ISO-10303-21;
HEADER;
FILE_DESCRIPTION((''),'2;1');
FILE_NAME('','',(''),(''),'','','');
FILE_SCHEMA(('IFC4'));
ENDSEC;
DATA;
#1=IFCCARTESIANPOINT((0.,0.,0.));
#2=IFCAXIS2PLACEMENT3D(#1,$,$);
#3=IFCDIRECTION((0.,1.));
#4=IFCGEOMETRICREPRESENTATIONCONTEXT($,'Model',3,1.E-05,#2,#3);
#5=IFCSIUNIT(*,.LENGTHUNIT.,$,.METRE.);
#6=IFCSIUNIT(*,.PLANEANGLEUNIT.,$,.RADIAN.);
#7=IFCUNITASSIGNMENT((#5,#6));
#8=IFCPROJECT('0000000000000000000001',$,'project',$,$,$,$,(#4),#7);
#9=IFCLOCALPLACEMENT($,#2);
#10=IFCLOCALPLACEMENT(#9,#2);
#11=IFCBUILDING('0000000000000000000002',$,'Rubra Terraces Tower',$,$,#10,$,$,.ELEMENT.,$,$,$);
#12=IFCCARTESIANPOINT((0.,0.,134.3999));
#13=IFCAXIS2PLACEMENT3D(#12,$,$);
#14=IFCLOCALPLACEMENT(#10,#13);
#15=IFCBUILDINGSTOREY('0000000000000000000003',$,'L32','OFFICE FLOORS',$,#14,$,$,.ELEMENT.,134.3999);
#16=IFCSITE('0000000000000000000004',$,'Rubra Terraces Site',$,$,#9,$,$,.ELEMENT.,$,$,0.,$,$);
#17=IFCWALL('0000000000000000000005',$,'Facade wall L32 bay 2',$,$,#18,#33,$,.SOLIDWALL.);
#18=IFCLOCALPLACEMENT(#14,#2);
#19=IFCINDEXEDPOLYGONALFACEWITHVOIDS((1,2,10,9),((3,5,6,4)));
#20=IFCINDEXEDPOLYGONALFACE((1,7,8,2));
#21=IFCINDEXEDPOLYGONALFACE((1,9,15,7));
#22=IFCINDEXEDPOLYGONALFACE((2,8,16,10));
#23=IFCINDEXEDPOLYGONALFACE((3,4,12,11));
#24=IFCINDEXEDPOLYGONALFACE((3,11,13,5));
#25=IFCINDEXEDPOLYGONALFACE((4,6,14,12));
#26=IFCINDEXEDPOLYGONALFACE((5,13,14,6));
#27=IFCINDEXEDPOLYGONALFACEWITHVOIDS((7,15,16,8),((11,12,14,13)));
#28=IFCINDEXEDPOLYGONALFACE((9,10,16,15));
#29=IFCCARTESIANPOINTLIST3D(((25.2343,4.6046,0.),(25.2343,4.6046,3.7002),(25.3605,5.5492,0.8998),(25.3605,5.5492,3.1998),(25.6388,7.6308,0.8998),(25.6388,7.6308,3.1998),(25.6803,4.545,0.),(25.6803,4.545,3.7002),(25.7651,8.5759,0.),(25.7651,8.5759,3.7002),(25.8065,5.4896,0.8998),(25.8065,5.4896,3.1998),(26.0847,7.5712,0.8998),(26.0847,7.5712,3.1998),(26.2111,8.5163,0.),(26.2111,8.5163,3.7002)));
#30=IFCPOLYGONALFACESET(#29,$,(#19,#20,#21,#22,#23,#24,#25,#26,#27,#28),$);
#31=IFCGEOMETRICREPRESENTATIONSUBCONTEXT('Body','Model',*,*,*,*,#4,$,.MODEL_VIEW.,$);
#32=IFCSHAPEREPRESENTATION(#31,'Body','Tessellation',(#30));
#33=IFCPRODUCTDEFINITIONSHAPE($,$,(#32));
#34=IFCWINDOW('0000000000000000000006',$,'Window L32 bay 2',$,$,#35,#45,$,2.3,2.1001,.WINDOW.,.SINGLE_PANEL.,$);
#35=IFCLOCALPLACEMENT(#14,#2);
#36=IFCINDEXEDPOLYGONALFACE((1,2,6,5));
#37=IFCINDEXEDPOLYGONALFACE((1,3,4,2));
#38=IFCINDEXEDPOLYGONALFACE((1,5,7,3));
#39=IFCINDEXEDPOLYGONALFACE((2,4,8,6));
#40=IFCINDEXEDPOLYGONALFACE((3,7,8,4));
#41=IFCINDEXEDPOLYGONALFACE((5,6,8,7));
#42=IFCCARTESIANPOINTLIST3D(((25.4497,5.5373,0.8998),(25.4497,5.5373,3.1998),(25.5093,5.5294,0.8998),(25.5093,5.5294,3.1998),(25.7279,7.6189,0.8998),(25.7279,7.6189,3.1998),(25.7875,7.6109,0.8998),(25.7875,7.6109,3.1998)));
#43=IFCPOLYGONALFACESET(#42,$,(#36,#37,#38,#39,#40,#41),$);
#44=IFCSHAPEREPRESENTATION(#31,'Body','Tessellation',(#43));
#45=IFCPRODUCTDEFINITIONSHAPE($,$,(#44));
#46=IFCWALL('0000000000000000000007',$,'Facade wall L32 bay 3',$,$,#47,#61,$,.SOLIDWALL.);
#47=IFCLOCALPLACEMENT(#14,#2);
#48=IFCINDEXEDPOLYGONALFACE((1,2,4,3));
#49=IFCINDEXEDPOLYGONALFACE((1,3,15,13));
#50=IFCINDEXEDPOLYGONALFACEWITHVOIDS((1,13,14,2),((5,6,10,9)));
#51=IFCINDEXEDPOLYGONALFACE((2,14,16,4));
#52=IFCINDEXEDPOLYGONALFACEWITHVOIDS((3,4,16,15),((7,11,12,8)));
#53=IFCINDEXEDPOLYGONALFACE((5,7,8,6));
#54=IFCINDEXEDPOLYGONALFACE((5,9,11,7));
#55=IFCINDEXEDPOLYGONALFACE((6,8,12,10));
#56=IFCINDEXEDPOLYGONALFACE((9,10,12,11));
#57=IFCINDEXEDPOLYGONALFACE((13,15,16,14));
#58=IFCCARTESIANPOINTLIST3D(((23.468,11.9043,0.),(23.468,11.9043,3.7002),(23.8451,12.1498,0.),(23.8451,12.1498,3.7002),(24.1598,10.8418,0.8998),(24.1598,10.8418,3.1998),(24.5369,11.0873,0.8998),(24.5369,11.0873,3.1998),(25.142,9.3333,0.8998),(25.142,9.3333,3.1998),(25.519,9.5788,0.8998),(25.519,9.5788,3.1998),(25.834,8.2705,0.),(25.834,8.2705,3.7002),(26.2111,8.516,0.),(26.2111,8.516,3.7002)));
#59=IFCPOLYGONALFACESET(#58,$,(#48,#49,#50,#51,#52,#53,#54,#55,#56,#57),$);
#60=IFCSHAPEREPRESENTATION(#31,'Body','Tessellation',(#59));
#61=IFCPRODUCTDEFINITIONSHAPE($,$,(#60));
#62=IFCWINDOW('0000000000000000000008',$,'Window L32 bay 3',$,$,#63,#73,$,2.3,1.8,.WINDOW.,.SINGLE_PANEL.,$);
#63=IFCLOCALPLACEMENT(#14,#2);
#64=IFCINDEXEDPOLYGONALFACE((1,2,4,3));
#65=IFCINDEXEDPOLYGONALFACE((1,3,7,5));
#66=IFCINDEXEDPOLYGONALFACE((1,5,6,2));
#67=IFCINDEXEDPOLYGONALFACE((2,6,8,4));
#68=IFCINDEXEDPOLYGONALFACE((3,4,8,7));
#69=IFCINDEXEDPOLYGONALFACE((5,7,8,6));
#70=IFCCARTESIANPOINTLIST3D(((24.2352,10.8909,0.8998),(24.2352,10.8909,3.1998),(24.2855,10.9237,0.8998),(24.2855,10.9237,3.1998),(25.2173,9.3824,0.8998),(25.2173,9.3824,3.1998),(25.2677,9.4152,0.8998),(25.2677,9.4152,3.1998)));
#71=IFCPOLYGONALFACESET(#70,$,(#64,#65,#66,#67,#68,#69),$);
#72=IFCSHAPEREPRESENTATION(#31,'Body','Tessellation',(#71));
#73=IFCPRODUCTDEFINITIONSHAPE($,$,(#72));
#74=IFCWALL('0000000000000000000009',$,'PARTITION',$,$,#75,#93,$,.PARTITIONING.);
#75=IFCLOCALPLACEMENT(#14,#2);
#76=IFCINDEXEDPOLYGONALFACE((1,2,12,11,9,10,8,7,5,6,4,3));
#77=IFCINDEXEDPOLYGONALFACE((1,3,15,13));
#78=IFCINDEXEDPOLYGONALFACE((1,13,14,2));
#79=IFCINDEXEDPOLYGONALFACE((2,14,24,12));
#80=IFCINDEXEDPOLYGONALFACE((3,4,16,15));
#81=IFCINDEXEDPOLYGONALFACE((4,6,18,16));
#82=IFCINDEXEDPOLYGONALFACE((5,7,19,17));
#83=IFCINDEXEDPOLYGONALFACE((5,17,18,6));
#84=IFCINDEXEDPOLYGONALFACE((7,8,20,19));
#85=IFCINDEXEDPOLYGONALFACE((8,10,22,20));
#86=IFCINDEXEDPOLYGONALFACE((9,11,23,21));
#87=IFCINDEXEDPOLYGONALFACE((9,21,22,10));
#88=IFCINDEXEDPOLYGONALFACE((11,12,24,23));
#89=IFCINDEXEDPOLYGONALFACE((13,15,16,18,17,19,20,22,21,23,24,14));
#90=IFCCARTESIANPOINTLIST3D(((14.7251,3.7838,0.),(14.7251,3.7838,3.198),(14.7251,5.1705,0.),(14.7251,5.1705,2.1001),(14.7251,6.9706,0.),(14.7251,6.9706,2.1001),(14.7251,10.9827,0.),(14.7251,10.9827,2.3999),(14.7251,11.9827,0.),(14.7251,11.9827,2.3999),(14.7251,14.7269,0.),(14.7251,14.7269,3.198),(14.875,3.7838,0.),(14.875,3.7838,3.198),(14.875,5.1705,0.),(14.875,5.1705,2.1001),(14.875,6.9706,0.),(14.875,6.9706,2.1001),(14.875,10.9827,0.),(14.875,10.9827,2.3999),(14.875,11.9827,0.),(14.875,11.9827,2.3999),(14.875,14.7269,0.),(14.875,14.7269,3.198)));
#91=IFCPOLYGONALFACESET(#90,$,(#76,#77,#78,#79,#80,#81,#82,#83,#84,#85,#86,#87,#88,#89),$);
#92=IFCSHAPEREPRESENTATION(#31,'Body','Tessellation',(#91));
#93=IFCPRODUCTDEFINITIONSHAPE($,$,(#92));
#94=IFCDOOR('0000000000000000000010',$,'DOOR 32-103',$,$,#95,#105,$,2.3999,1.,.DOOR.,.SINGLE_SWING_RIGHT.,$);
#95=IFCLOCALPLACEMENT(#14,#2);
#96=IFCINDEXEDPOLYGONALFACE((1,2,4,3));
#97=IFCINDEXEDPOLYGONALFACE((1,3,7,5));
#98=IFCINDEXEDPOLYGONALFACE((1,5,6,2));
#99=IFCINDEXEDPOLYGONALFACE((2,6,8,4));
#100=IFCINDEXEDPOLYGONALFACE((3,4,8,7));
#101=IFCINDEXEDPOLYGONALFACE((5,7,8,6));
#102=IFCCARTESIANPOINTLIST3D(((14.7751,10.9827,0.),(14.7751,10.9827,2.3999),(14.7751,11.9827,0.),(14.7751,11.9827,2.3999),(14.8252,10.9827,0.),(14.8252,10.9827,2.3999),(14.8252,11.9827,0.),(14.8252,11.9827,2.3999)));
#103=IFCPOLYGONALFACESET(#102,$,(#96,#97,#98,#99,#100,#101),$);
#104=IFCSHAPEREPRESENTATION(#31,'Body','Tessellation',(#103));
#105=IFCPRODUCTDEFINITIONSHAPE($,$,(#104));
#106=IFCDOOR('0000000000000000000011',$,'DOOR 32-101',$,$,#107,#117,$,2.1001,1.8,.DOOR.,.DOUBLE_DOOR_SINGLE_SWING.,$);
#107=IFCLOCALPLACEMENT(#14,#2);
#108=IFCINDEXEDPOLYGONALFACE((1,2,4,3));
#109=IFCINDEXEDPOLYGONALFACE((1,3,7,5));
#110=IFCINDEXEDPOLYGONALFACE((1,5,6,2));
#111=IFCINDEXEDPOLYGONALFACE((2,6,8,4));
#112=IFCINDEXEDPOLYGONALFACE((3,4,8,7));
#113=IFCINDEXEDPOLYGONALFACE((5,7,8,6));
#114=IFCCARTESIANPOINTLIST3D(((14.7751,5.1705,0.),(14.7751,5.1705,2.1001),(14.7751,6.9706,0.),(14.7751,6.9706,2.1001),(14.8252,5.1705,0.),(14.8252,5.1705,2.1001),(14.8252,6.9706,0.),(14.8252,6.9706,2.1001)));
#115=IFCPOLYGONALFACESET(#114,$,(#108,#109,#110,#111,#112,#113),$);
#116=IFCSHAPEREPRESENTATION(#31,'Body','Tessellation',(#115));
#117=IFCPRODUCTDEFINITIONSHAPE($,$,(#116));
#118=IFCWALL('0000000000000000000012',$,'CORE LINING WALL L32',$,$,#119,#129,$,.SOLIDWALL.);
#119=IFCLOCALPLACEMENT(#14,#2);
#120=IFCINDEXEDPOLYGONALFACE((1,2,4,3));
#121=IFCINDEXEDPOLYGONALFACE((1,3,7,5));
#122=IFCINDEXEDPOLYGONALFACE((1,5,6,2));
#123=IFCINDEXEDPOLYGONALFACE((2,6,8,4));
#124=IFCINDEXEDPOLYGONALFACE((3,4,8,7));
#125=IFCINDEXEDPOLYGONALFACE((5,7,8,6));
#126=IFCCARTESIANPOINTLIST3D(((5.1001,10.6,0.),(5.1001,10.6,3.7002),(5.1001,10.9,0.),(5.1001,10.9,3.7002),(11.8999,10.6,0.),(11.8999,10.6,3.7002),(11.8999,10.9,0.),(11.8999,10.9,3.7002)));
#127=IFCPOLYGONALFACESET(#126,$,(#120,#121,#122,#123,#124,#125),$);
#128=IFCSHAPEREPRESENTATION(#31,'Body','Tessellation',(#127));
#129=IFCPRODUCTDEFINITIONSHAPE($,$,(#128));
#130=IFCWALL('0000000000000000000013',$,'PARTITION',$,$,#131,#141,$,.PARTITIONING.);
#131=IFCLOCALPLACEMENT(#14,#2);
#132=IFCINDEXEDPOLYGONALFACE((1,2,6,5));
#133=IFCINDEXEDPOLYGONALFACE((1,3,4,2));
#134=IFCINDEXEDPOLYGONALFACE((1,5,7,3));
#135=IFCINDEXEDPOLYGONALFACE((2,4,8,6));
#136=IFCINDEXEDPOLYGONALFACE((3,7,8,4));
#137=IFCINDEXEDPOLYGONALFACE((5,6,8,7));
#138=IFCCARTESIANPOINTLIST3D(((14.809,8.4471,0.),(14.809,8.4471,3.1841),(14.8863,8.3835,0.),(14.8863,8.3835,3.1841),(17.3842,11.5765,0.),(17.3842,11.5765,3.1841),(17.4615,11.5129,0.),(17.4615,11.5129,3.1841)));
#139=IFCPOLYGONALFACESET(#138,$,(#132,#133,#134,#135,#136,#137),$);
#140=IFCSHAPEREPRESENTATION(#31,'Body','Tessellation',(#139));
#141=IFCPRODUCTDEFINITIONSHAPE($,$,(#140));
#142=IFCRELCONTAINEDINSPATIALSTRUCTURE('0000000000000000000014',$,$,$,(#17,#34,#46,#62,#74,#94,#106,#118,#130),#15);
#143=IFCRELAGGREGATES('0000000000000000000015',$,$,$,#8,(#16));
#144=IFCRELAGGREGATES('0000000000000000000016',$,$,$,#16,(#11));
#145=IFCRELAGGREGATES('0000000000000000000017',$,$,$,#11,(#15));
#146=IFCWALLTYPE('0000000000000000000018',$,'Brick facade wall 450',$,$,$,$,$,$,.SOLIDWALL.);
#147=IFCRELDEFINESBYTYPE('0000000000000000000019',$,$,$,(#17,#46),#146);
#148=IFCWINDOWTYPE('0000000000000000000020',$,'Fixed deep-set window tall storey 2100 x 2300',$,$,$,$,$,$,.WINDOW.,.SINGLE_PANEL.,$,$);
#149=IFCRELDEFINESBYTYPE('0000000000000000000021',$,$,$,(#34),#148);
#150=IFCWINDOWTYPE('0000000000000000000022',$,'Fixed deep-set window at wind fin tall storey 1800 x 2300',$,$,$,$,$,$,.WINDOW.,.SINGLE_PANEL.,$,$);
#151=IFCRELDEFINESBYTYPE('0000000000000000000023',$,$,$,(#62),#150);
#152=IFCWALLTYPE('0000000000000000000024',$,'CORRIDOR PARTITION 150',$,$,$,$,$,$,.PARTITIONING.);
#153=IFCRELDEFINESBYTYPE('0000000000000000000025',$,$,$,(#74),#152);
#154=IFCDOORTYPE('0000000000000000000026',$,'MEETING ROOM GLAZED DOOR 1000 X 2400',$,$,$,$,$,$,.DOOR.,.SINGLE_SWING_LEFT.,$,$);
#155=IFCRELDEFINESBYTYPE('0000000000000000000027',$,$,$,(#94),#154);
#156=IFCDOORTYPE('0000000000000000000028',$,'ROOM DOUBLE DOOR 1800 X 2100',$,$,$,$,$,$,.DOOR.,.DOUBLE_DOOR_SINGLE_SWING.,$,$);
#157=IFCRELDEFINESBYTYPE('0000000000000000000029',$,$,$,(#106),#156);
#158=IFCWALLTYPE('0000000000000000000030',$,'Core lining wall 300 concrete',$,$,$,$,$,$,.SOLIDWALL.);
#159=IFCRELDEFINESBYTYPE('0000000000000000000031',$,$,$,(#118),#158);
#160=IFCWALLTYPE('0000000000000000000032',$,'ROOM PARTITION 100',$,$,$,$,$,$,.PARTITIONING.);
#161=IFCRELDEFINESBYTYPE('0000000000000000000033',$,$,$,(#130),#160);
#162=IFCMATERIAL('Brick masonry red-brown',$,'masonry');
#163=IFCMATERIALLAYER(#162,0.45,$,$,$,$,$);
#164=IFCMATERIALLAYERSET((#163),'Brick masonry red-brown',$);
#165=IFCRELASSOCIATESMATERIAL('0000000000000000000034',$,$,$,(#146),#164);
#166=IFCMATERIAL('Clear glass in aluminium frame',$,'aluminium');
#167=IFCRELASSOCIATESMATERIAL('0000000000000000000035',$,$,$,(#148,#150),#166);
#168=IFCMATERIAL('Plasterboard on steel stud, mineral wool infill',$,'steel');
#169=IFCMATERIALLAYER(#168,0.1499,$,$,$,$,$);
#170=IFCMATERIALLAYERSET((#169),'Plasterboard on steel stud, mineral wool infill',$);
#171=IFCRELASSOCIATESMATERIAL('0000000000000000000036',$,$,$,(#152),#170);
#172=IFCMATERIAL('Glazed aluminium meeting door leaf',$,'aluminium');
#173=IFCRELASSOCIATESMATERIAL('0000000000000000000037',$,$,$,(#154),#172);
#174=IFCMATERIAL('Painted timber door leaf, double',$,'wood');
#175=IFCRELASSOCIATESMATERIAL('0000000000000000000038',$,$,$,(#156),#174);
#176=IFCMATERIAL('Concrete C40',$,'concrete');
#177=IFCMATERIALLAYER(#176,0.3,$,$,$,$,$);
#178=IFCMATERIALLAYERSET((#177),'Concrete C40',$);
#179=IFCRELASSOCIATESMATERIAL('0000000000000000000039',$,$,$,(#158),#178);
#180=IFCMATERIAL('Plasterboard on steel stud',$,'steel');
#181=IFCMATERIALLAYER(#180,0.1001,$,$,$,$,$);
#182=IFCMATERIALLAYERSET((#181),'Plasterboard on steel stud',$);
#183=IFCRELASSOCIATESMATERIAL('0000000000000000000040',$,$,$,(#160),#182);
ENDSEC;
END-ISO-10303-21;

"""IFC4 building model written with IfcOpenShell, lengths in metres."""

from ifc_helpers import new_model, si_unit, direction, frame, frame_2d, origin, place, context, subcontext, project, spatial, rectangle, extrude, material, layer, layer_set, type_object, element, fill, save


model = new_model("IFC4")

# Units and contexts
model_context = context("Model", 3, precision=1e-05, world=origin(), true_north=direction((0.0, 1.0)))
body_context = subcontext(model_context, "Body", "Model", "MODEL_VIEW")
ifc_project = project(units=[si_unit("LENGTHUNIT", "METRE"), si_unit("PLANEANGLEUNIT", "RADIAN")], contexts=[model_context])

# Site, building, storey
site_placement = place(None, origin())
site = spatial("IfcSite", under=ifc_project, at=site_placement, Name="Rubra Terraces Site", CompositionType="ELEMENT", RefElevation=0.0)
building_placement = place(site_placement, origin())
building = spatial("IfcBuilding", under=site, at=building_placement, Name="Rubra Terraces Tower", CompositionType="ELEMENT")
storey_placement = place(building_placement, frame((0.0, 0.0, 134.3999)))
storey = spatial("IfcBuildingStorey", under=building, at=storey_placement, Name="L32", Description="OFFICE FLOORS", CompositionType="ELEMENT", Elevation=134.3999)

# Walls, openings, windows
ifc_material_1 = material(Name="Brick masonry red-brown", Category="masonry")
ifc_layer_1 = layer(ifc_material_1, 0.45)
ifc_layer_set_1 = layer_set([ifc_layer_1], Name="Brick masonry red-brown")
wall_type_1 = type_object("IfcWallType", Name="Brick facade wall 450", PredefinedType="SOLIDWALL", material=ifc_layer_set_1)
wall_1_placement = place(storey_placement, frame((25.4573, 4.5747, 0.0), z_axis=(0.0, 0.0, 1.0), x_axis=(0.132475, 0.991186, 0.0)))
wall_1 = element("IfcWall", 1, at=wall_1_placement, inside=storey, type_object=wall_type_1, Name="Facade wall L32 bay 2", PredefinedType="SOLIDWALL", context=body_context, shape_type="SweptSolid", body=[
    extrude(rectangle(XDim=4.0066, YDim=0.45, at=frame_2d((2.0034, 0.0))), origin(), (0.0, 0.0, 1.0), 3.7002),
])
opening_1_placement = place(wall_1_placement, frame((0.9531, 0.0, 0.8999)))
opening_1 = element("IfcOpeningElement", 2, at=opening_1_placement, cuts=wall_1, PredefinedType="OPENING", context=body_context, shape_type="SweptSolid", body=[
    extrude(rectangle(XDim=2.1001, YDim=2.3, at=frame_2d((1.05, 1.1499))), frame((0.0, 0.2349, 0.0), z_axis=(0.0, -1.0, 0.0), x_axis=(1.0, 0.0, 0.0)), (0.0, 0.0, 1.0), 0.47),
])
ifc_material_2 = material(Name="Clear glass in aluminium frame", Category="aluminium")
window_type_1 = type_object("IfcWindowType", Name="Fixed deep-set window tall storey 2100 x 2300", PartitioningType="SINGLE_PANEL", PredefinedType="WINDOW", material=ifc_material_2)
window_1_placement = place(opening_1_placement, origin())
window_1 = element("IfcWindow", 3, at=window_1_placement, inside=storey, type_object=window_type_1, Name="Window L32 bay 2", OverallHeight=2.3, OverallWidth=2.1001, PartitioningType="SINGLE_PANEL", PredefinedType="WINDOW", context=body_context, shape_type="SweptSolid", body=[
    extrude(rectangle(XDim=2.1001, YDim=2.3, at=frame_2d((1.05, 1.1499))), frame((0.0, 0.135, 0.0), z_axis=(0.0, -1.0, 0.0), x_axis=(1.0, 0.0, 0.0)), (0.0, 0.0, 1.0), 0.0601),
])
fill(opening_1, window_1)
wall_2_placement = place(storey_placement, frame((26.0225, 8.3933, 0.0), z_axis=(0.0, 0.0, 1.0), x_axis=(-0.545637, 0.838021, 0.0)))
wall_2 = element("IfcWall", 4, at=wall_2_placement, inside=storey, type_object=wall_type_1, Name="Facade wall L32 bay 3", PredefinedType="SOLIDWALL", context=body_context, shape_type="SweptSolid", body=[
    extrude(rectangle(XDim=4.3362, YDim=0.45, at=frame_2d((2.168, 0.0))), origin(), (0.0, 0.0, 1.0), 3.7002),
])
opening_2_placement = place(wall_2_placement, frame((1.2683, 0.0, 0.8999)))
opening_2 = element("IfcOpeningElement", 5, at=opening_2_placement, cuts=wall_2, PredefinedType="OPENING", context=body_context, shape_type="SweptSolid", body=[
    extrude(rectangle(XDim=1.8, YDim=2.3, at=frame_2d((0.8999, 1.1499))), frame((0.0, 0.2349, 0.0), z_axis=(0.0, -1.0, 0.0), x_axis=(1.0, 0.0, 0.0)), (0.0, 0.0, 1.0), 0.47),
])
window_type_2 = type_object("IfcWindowType", Name="Fixed deep-set window at wind fin tall storey 1800 x 2300", PartitioningType="SINGLE_PANEL", PredefinedType="WINDOW", material=ifc_material_2)
window_2_placement = place(opening_2_placement, origin())
window_2 = element("IfcWindow", 6, at=window_2_placement, inside=storey, type_object=window_type_2, Name="Window L32 bay 3", OverallHeight=2.3, OverallWidth=1.8, PartitioningType="SINGLE_PANEL", PredefinedType="WINDOW", context=body_context, shape_type="SweptSolid", body=[
    extrude(rectangle(XDim=1.8, YDim=2.3, at=frame_2d((0.8999, 1.1499))), frame((0.0, 0.135, 0.0), z_axis=(0.0, -1.0, 0.0), x_axis=(1.0, 0.0, 0.0)), (0.0, 0.0, 1.0), 0.0601),
])
fill(opening_2, window_2)

# Wall, openings, doors
ifc_material_3 = material(Name="Plasterboard on steel stud, mineral wool infill", Category="steel")
ifc_layer_2 = layer(ifc_material_3, 0.1499)
ifc_layer_set_2 = layer_set([ifc_layer_2], Name="Plasterboard on steel stud, mineral wool infill")
wall_type_2 = type_object("IfcWallType", Name="CORRIDOR PARTITION 150", PredefinedType="PARTITIONING", material=ifc_layer_set_2)
wall_3_placement = place(storey_placement, frame((14.8, 3.7837, 0.0), z_axis=(0.0, 0.0, 1.0), x_axis=(0.0, 1.0, 0.0)))
wall_3 = element("IfcWall", 7, at=wall_3_placement, inside=storey, type_object=wall_type_2, Name="PARTITION", PredefinedType="PARTITIONING", context=body_context, shape_type="SweptSolid", body=[
    extrude(rectangle(XDim=10.9431, YDim=0.1499, at=frame_2d((5.4717, 0.0))), origin(), (0.0, 0.0, 1.0), 3.198),
])
opening_3_placement = place(wall_3_placement, frame((1.387, 0.0, 0.0)))
opening_3 = element("IfcOpeningElement", 8, at=opening_3_placement, cuts=wall_3, PredefinedType="OPENING", context=body_context, shape_type="SweptSolid", body=[
    extrude(rectangle(XDim=1.8, YDim=2.1001, at=frame_2d((0.8999, 1.05))), frame((0.0, 0.085, 0.0), z_axis=(0.0, -1.0, 0.0), x_axis=(1.0, 0.0, 0.0)), (0.0, 0.0, 1.0), 0.1699),
])
opening_4_placement = place(wall_3_placement, frame((7.199, 0.0, 0.0)))
opening_4 = element("IfcOpeningElement", 9, at=opening_4_placement, cuts=wall_3, PredefinedType="OPENING", context=body_context, shape_type="SweptSolid", body=[
    extrude(rectangle(XDim=1.0, YDim=2.3999, at=frame_2d((0.5, 1.2))), frame((0.0, 0.085, 0.0), z_axis=(0.0, -1.0, 0.0), x_axis=(1.0, 0.0, 0.0)), (0.0, 0.0, 1.0), 0.1699),
])
ifc_material_4 = material(Name="Glazed aluminium meeting door leaf", Category="aluminium")
door_type_1 = type_object("IfcDoorType", Name="MEETING ROOM GLAZED DOOR 1000 X 2400", OperationType="SINGLE_SWING_LEFT", PredefinedType="DOOR", material=ifc_material_4)
door_1_placement = place(opening_4_placement, origin())
door_1 = element("IfcDoor", 10, at=door_1_placement, inside=storey, type_object=door_type_1, Name="DOOR 32-103", OperationType="SINGLE_SWING_RIGHT", OverallHeight=2.3999, OverallWidth=1.0, PredefinedType="DOOR", context=body_context, shape_type="SweptSolid", body=[
    extrude(rectangle(XDim=1.0, YDim=2.3999, at=frame_2d((0.5, 1.2))), frame((0.0, 0.0249, 0.0), z_axis=(0.0, -1.0, 0.0), x_axis=(1.0, 0.0, 0.0)), (0.0, 0.0, 1.0), 0.05),
])
fill(opening_4, door_1)
ifc_material_5 = material(Name="Painted timber door leaf, double", Category="wood")
door_type_2 = type_object("IfcDoorType", Name="ROOM DOUBLE DOOR 1800 X 2100", OperationType="DOUBLE_DOOR_SINGLE_SWING", PredefinedType="DOOR", material=ifc_material_5)
door_2_placement = place(opening_3_placement, origin())
door_2 = element("IfcDoor", 11, at=door_2_placement, inside=storey, type_object=door_type_2, Name="DOOR 32-101", OperationType="DOUBLE_DOOR_SINGLE_SWING", OverallHeight=2.1001, OverallWidth=1.8, PredefinedType="DOOR", context=body_context, shape_type="SweptSolid", body=[
    extrude(rectangle(XDim=1.8, YDim=2.1001, at=frame_2d((0.8999, 1.05))), frame((0.0, 0.0249, 0.0), z_axis=(0.0, -1.0, 0.0), x_axis=(1.0, 0.0, 0.0)), (0.0, 0.0, 1.0), 0.05),
])
fill(opening_3, door_2)

# Walls
ifc_material_6 = material(Name="Concrete C40", Category="concrete")
ifc_layer_3 = layer(ifc_material_6, 0.3)
ifc_layer_set_3 = layer_set([ifc_layer_3], Name="Concrete C40")
wall_type_3 = type_object("IfcWallType", Name="Core lining wall 300 concrete", PredefinedType="SOLIDWALL", material=ifc_layer_set_3)
wall_4_placement = place(storey_placement, frame((11.8999, 10.75, 0.0), z_axis=(0.0, 0.0, 1.0), x_axis=(-1.0, 0.0, 0.0)))
element("IfcWall", 12, at=wall_4_placement, inside=storey, type_object=wall_type_3, Name="CORE LINING WALL L32", PredefinedType="SOLIDWALL", context=body_context, shape_type="SweptSolid", body=[
    extrude(rectangle(XDim=6.7998, YDim=0.3, at=frame_2d((3.3999, 0.0))), origin(), (0.0, 0.0, 1.0), 3.7002),
])
ifc_material_7 = material(Name="Plasterboard on steel stud", Category="steel")
ifc_layer_4 = layer(ifc_material_7, 0.1001)
ifc_layer_set_4 = layer_set([ifc_layer_4], Name="Plasterboard on steel stud")
wall_type_4 = type_object("IfcWallType", Name="ROOM PARTITION 100", PredefinedType="PARTITIONING", material=ifc_layer_set_4)
wall_5_placement = place(storey_placement, frame((14.8477, 8.4153, 0.0), z_axis=(0.0, 0.0, 1.0), x_axis=(0.63542, 0.772167, 0.0)))
element("IfcWall", 13, at=wall_5_placement, inside=storey, type_object=wall_type_4, Name="PARTITION", PredefinedType="PARTITIONING", context=body_context, shape_type="SweptSolid", body=[
    extrude(rectangle(XDim=4.0527, YDim=0.1001, at=frame_2d((2.0264, 0.0))), origin(), (0.0, 0.0, 1.0), 3.1841),
])

save(model, "model.ifc")
